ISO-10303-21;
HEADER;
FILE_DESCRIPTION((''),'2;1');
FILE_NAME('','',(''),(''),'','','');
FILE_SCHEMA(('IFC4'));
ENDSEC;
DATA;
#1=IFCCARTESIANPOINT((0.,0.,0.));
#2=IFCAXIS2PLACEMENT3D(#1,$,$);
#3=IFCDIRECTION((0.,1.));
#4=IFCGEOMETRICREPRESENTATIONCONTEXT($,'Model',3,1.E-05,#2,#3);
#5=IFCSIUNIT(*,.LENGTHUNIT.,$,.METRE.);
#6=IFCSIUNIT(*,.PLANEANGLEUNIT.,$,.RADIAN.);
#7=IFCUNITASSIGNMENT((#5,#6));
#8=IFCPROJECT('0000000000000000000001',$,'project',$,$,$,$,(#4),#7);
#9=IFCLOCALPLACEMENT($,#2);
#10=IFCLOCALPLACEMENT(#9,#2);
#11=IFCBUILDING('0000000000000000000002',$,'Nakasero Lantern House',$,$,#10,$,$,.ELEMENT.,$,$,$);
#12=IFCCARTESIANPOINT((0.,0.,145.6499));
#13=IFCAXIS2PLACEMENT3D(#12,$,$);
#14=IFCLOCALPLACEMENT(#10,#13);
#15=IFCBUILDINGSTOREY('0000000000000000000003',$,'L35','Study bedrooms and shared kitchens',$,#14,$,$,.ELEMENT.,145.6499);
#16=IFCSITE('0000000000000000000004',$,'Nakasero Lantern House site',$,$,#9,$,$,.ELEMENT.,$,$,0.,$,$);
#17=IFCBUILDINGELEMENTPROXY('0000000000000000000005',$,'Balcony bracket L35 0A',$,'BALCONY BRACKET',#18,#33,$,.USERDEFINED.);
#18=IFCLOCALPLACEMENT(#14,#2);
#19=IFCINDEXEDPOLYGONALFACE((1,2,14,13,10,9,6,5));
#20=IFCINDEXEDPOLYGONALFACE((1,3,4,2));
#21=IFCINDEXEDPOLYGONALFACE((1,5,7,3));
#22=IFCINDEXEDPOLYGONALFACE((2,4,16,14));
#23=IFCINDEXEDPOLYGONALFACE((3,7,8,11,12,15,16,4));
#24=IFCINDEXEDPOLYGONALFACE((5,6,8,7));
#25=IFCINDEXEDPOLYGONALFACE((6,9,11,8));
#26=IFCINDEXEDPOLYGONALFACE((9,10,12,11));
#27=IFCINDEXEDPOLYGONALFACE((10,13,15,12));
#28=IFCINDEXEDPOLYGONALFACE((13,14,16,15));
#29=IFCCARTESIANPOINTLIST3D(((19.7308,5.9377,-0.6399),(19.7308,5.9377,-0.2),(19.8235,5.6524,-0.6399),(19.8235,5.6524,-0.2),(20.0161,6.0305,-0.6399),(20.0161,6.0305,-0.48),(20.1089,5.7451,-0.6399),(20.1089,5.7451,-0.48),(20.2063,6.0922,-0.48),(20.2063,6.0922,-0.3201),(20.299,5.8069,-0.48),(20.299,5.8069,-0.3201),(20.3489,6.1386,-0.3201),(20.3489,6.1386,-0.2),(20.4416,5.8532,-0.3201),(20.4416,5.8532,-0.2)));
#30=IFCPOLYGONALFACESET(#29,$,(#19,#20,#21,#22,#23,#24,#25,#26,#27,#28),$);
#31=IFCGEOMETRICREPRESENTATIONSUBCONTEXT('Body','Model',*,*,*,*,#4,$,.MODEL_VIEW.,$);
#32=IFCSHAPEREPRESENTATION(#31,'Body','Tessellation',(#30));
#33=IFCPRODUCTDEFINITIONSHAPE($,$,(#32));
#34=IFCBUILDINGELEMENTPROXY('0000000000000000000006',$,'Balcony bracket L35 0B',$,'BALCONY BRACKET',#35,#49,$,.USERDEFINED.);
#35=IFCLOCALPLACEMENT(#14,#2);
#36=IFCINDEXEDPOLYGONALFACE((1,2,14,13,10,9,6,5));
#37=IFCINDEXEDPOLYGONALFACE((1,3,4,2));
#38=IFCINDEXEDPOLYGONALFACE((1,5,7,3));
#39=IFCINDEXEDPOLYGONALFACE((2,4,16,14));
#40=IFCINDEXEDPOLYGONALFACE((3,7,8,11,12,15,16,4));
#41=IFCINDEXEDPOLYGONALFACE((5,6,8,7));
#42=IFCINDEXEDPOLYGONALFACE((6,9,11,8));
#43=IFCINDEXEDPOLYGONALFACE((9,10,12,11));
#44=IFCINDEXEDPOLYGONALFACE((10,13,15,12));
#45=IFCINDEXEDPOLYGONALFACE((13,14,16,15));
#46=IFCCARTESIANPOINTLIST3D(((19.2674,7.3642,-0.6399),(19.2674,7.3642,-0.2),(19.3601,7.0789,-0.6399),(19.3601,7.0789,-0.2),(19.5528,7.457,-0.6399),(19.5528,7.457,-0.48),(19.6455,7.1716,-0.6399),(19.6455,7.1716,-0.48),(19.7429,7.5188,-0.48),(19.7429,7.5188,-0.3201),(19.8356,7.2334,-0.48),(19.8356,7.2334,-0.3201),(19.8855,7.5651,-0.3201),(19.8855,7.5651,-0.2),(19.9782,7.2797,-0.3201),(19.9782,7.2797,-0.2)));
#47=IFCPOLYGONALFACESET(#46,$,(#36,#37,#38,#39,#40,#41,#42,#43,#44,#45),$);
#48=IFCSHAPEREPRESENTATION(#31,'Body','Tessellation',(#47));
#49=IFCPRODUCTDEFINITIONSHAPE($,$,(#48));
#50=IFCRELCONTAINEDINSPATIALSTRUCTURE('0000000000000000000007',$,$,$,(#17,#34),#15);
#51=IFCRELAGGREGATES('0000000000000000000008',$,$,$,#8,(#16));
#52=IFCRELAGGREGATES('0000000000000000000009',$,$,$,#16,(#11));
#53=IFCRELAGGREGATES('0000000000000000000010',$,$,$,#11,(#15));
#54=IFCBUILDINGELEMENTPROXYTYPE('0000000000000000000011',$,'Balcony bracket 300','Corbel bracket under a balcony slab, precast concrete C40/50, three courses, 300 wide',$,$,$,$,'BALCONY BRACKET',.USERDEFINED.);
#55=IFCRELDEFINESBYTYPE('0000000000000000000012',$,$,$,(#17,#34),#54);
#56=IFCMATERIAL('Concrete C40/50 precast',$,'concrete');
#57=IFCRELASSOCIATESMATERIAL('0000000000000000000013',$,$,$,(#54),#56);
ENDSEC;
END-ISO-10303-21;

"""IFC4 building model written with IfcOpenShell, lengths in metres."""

from ifc_helpers import new_model, si_unit, direction, frame, origin, place, context, subcontext, project, spatial, polyline, outline, extrude, material, type_object, element, save


model = new_model("IFC4")

# Units and contexts
model_context = context("Model", 3, precision=1e-05, world=origin(), true_north=direction((0.0, 1.0)))
body_context = subcontext(model_context, "Body", "Model", "MODEL_VIEW")
ifc_project = project(units=[si_unit("LENGTHUNIT", "METRE"), si_unit("PLANEANGLEUNIT", "RADIAN")], contexts=[model_context])

# Site, building, storey
site_placement = place(None, origin())
site = spatial("IfcSite", under=ifc_project, at=site_placement, Name="Nakasero Lantern House site", CompositionType="ELEMENT", RefElevation=0.0)
building_placement = place(site_placement, origin())
building = spatial("IfcBuilding", under=site, at=building_placement, Name="Nakasero Lantern House", CompositionType="ELEMENT")
storey_placement = place(building_placement, frame((0.0, 0.0, 145.6499)))
storey = spatial("IfcBuildingStorey", under=building, at=storey_placement, Name="L35", Description="Study bedrooms and shared kitchens", CompositionType="ELEMENT", Elevation=145.6499)

# Building element proxies
ifc_material_1 = material(Name="Concrete C40/50 precast", Category="concrete")
building_element_proxy_type = type_object("IfcBuildingElementProxyType", Name="Balcony bracket 300", Description="Corbel bracket under a balcony slab, precast concrete C40/50, three courses, 300 wide", ElementType="BALCONY BRACKET", PredefinedType="USERDEFINED", material=ifc_material_1)
for number, where, z_axis, x_axis, name in (
    (1, (19.7771, 5.7952, -0.2), (0.0, 0.0, 1.0), (0.951057, 0.309017, 0.0), "Balcony bracket L35 0A"),
    (2, (19.3137, 7.2217, -0.2), (0.0, 0.0, 1.0), (0.951057, 0.309017, 0.0), "Balcony bracket L35 0B"),
):
    element("IfcBuildingElementProxy", number, at=place(storey_placement, frame(where, z_axis=z_axis, x_axis=x_axis)), inside=storey, type_object=building_element_proxy_type, Name=name, ObjectType="BALCONY BRACKET", PredefinedType="USERDEFINED", context=body_context, shape_type="SweptSolid", body=[
        extrude(outline(polyline([(0.0, 0.0), (0.6499, 0.0), (0.6499, -0.1201), (0.5, -0.1201), (0.5, -0.28), (0.3, -0.28), (0.3, -0.4399), (0.0, -0.4399), (0.0, 0.0)])), frame((0.0, 0.1499, 0.0), z_axis=(0.0, -1.0, 0.0), x_axis=(1.0, 0.0, 0.0)), (0.0, 0.0, 1.0), 0.3),
    ])

save(model, "model.ifc")
